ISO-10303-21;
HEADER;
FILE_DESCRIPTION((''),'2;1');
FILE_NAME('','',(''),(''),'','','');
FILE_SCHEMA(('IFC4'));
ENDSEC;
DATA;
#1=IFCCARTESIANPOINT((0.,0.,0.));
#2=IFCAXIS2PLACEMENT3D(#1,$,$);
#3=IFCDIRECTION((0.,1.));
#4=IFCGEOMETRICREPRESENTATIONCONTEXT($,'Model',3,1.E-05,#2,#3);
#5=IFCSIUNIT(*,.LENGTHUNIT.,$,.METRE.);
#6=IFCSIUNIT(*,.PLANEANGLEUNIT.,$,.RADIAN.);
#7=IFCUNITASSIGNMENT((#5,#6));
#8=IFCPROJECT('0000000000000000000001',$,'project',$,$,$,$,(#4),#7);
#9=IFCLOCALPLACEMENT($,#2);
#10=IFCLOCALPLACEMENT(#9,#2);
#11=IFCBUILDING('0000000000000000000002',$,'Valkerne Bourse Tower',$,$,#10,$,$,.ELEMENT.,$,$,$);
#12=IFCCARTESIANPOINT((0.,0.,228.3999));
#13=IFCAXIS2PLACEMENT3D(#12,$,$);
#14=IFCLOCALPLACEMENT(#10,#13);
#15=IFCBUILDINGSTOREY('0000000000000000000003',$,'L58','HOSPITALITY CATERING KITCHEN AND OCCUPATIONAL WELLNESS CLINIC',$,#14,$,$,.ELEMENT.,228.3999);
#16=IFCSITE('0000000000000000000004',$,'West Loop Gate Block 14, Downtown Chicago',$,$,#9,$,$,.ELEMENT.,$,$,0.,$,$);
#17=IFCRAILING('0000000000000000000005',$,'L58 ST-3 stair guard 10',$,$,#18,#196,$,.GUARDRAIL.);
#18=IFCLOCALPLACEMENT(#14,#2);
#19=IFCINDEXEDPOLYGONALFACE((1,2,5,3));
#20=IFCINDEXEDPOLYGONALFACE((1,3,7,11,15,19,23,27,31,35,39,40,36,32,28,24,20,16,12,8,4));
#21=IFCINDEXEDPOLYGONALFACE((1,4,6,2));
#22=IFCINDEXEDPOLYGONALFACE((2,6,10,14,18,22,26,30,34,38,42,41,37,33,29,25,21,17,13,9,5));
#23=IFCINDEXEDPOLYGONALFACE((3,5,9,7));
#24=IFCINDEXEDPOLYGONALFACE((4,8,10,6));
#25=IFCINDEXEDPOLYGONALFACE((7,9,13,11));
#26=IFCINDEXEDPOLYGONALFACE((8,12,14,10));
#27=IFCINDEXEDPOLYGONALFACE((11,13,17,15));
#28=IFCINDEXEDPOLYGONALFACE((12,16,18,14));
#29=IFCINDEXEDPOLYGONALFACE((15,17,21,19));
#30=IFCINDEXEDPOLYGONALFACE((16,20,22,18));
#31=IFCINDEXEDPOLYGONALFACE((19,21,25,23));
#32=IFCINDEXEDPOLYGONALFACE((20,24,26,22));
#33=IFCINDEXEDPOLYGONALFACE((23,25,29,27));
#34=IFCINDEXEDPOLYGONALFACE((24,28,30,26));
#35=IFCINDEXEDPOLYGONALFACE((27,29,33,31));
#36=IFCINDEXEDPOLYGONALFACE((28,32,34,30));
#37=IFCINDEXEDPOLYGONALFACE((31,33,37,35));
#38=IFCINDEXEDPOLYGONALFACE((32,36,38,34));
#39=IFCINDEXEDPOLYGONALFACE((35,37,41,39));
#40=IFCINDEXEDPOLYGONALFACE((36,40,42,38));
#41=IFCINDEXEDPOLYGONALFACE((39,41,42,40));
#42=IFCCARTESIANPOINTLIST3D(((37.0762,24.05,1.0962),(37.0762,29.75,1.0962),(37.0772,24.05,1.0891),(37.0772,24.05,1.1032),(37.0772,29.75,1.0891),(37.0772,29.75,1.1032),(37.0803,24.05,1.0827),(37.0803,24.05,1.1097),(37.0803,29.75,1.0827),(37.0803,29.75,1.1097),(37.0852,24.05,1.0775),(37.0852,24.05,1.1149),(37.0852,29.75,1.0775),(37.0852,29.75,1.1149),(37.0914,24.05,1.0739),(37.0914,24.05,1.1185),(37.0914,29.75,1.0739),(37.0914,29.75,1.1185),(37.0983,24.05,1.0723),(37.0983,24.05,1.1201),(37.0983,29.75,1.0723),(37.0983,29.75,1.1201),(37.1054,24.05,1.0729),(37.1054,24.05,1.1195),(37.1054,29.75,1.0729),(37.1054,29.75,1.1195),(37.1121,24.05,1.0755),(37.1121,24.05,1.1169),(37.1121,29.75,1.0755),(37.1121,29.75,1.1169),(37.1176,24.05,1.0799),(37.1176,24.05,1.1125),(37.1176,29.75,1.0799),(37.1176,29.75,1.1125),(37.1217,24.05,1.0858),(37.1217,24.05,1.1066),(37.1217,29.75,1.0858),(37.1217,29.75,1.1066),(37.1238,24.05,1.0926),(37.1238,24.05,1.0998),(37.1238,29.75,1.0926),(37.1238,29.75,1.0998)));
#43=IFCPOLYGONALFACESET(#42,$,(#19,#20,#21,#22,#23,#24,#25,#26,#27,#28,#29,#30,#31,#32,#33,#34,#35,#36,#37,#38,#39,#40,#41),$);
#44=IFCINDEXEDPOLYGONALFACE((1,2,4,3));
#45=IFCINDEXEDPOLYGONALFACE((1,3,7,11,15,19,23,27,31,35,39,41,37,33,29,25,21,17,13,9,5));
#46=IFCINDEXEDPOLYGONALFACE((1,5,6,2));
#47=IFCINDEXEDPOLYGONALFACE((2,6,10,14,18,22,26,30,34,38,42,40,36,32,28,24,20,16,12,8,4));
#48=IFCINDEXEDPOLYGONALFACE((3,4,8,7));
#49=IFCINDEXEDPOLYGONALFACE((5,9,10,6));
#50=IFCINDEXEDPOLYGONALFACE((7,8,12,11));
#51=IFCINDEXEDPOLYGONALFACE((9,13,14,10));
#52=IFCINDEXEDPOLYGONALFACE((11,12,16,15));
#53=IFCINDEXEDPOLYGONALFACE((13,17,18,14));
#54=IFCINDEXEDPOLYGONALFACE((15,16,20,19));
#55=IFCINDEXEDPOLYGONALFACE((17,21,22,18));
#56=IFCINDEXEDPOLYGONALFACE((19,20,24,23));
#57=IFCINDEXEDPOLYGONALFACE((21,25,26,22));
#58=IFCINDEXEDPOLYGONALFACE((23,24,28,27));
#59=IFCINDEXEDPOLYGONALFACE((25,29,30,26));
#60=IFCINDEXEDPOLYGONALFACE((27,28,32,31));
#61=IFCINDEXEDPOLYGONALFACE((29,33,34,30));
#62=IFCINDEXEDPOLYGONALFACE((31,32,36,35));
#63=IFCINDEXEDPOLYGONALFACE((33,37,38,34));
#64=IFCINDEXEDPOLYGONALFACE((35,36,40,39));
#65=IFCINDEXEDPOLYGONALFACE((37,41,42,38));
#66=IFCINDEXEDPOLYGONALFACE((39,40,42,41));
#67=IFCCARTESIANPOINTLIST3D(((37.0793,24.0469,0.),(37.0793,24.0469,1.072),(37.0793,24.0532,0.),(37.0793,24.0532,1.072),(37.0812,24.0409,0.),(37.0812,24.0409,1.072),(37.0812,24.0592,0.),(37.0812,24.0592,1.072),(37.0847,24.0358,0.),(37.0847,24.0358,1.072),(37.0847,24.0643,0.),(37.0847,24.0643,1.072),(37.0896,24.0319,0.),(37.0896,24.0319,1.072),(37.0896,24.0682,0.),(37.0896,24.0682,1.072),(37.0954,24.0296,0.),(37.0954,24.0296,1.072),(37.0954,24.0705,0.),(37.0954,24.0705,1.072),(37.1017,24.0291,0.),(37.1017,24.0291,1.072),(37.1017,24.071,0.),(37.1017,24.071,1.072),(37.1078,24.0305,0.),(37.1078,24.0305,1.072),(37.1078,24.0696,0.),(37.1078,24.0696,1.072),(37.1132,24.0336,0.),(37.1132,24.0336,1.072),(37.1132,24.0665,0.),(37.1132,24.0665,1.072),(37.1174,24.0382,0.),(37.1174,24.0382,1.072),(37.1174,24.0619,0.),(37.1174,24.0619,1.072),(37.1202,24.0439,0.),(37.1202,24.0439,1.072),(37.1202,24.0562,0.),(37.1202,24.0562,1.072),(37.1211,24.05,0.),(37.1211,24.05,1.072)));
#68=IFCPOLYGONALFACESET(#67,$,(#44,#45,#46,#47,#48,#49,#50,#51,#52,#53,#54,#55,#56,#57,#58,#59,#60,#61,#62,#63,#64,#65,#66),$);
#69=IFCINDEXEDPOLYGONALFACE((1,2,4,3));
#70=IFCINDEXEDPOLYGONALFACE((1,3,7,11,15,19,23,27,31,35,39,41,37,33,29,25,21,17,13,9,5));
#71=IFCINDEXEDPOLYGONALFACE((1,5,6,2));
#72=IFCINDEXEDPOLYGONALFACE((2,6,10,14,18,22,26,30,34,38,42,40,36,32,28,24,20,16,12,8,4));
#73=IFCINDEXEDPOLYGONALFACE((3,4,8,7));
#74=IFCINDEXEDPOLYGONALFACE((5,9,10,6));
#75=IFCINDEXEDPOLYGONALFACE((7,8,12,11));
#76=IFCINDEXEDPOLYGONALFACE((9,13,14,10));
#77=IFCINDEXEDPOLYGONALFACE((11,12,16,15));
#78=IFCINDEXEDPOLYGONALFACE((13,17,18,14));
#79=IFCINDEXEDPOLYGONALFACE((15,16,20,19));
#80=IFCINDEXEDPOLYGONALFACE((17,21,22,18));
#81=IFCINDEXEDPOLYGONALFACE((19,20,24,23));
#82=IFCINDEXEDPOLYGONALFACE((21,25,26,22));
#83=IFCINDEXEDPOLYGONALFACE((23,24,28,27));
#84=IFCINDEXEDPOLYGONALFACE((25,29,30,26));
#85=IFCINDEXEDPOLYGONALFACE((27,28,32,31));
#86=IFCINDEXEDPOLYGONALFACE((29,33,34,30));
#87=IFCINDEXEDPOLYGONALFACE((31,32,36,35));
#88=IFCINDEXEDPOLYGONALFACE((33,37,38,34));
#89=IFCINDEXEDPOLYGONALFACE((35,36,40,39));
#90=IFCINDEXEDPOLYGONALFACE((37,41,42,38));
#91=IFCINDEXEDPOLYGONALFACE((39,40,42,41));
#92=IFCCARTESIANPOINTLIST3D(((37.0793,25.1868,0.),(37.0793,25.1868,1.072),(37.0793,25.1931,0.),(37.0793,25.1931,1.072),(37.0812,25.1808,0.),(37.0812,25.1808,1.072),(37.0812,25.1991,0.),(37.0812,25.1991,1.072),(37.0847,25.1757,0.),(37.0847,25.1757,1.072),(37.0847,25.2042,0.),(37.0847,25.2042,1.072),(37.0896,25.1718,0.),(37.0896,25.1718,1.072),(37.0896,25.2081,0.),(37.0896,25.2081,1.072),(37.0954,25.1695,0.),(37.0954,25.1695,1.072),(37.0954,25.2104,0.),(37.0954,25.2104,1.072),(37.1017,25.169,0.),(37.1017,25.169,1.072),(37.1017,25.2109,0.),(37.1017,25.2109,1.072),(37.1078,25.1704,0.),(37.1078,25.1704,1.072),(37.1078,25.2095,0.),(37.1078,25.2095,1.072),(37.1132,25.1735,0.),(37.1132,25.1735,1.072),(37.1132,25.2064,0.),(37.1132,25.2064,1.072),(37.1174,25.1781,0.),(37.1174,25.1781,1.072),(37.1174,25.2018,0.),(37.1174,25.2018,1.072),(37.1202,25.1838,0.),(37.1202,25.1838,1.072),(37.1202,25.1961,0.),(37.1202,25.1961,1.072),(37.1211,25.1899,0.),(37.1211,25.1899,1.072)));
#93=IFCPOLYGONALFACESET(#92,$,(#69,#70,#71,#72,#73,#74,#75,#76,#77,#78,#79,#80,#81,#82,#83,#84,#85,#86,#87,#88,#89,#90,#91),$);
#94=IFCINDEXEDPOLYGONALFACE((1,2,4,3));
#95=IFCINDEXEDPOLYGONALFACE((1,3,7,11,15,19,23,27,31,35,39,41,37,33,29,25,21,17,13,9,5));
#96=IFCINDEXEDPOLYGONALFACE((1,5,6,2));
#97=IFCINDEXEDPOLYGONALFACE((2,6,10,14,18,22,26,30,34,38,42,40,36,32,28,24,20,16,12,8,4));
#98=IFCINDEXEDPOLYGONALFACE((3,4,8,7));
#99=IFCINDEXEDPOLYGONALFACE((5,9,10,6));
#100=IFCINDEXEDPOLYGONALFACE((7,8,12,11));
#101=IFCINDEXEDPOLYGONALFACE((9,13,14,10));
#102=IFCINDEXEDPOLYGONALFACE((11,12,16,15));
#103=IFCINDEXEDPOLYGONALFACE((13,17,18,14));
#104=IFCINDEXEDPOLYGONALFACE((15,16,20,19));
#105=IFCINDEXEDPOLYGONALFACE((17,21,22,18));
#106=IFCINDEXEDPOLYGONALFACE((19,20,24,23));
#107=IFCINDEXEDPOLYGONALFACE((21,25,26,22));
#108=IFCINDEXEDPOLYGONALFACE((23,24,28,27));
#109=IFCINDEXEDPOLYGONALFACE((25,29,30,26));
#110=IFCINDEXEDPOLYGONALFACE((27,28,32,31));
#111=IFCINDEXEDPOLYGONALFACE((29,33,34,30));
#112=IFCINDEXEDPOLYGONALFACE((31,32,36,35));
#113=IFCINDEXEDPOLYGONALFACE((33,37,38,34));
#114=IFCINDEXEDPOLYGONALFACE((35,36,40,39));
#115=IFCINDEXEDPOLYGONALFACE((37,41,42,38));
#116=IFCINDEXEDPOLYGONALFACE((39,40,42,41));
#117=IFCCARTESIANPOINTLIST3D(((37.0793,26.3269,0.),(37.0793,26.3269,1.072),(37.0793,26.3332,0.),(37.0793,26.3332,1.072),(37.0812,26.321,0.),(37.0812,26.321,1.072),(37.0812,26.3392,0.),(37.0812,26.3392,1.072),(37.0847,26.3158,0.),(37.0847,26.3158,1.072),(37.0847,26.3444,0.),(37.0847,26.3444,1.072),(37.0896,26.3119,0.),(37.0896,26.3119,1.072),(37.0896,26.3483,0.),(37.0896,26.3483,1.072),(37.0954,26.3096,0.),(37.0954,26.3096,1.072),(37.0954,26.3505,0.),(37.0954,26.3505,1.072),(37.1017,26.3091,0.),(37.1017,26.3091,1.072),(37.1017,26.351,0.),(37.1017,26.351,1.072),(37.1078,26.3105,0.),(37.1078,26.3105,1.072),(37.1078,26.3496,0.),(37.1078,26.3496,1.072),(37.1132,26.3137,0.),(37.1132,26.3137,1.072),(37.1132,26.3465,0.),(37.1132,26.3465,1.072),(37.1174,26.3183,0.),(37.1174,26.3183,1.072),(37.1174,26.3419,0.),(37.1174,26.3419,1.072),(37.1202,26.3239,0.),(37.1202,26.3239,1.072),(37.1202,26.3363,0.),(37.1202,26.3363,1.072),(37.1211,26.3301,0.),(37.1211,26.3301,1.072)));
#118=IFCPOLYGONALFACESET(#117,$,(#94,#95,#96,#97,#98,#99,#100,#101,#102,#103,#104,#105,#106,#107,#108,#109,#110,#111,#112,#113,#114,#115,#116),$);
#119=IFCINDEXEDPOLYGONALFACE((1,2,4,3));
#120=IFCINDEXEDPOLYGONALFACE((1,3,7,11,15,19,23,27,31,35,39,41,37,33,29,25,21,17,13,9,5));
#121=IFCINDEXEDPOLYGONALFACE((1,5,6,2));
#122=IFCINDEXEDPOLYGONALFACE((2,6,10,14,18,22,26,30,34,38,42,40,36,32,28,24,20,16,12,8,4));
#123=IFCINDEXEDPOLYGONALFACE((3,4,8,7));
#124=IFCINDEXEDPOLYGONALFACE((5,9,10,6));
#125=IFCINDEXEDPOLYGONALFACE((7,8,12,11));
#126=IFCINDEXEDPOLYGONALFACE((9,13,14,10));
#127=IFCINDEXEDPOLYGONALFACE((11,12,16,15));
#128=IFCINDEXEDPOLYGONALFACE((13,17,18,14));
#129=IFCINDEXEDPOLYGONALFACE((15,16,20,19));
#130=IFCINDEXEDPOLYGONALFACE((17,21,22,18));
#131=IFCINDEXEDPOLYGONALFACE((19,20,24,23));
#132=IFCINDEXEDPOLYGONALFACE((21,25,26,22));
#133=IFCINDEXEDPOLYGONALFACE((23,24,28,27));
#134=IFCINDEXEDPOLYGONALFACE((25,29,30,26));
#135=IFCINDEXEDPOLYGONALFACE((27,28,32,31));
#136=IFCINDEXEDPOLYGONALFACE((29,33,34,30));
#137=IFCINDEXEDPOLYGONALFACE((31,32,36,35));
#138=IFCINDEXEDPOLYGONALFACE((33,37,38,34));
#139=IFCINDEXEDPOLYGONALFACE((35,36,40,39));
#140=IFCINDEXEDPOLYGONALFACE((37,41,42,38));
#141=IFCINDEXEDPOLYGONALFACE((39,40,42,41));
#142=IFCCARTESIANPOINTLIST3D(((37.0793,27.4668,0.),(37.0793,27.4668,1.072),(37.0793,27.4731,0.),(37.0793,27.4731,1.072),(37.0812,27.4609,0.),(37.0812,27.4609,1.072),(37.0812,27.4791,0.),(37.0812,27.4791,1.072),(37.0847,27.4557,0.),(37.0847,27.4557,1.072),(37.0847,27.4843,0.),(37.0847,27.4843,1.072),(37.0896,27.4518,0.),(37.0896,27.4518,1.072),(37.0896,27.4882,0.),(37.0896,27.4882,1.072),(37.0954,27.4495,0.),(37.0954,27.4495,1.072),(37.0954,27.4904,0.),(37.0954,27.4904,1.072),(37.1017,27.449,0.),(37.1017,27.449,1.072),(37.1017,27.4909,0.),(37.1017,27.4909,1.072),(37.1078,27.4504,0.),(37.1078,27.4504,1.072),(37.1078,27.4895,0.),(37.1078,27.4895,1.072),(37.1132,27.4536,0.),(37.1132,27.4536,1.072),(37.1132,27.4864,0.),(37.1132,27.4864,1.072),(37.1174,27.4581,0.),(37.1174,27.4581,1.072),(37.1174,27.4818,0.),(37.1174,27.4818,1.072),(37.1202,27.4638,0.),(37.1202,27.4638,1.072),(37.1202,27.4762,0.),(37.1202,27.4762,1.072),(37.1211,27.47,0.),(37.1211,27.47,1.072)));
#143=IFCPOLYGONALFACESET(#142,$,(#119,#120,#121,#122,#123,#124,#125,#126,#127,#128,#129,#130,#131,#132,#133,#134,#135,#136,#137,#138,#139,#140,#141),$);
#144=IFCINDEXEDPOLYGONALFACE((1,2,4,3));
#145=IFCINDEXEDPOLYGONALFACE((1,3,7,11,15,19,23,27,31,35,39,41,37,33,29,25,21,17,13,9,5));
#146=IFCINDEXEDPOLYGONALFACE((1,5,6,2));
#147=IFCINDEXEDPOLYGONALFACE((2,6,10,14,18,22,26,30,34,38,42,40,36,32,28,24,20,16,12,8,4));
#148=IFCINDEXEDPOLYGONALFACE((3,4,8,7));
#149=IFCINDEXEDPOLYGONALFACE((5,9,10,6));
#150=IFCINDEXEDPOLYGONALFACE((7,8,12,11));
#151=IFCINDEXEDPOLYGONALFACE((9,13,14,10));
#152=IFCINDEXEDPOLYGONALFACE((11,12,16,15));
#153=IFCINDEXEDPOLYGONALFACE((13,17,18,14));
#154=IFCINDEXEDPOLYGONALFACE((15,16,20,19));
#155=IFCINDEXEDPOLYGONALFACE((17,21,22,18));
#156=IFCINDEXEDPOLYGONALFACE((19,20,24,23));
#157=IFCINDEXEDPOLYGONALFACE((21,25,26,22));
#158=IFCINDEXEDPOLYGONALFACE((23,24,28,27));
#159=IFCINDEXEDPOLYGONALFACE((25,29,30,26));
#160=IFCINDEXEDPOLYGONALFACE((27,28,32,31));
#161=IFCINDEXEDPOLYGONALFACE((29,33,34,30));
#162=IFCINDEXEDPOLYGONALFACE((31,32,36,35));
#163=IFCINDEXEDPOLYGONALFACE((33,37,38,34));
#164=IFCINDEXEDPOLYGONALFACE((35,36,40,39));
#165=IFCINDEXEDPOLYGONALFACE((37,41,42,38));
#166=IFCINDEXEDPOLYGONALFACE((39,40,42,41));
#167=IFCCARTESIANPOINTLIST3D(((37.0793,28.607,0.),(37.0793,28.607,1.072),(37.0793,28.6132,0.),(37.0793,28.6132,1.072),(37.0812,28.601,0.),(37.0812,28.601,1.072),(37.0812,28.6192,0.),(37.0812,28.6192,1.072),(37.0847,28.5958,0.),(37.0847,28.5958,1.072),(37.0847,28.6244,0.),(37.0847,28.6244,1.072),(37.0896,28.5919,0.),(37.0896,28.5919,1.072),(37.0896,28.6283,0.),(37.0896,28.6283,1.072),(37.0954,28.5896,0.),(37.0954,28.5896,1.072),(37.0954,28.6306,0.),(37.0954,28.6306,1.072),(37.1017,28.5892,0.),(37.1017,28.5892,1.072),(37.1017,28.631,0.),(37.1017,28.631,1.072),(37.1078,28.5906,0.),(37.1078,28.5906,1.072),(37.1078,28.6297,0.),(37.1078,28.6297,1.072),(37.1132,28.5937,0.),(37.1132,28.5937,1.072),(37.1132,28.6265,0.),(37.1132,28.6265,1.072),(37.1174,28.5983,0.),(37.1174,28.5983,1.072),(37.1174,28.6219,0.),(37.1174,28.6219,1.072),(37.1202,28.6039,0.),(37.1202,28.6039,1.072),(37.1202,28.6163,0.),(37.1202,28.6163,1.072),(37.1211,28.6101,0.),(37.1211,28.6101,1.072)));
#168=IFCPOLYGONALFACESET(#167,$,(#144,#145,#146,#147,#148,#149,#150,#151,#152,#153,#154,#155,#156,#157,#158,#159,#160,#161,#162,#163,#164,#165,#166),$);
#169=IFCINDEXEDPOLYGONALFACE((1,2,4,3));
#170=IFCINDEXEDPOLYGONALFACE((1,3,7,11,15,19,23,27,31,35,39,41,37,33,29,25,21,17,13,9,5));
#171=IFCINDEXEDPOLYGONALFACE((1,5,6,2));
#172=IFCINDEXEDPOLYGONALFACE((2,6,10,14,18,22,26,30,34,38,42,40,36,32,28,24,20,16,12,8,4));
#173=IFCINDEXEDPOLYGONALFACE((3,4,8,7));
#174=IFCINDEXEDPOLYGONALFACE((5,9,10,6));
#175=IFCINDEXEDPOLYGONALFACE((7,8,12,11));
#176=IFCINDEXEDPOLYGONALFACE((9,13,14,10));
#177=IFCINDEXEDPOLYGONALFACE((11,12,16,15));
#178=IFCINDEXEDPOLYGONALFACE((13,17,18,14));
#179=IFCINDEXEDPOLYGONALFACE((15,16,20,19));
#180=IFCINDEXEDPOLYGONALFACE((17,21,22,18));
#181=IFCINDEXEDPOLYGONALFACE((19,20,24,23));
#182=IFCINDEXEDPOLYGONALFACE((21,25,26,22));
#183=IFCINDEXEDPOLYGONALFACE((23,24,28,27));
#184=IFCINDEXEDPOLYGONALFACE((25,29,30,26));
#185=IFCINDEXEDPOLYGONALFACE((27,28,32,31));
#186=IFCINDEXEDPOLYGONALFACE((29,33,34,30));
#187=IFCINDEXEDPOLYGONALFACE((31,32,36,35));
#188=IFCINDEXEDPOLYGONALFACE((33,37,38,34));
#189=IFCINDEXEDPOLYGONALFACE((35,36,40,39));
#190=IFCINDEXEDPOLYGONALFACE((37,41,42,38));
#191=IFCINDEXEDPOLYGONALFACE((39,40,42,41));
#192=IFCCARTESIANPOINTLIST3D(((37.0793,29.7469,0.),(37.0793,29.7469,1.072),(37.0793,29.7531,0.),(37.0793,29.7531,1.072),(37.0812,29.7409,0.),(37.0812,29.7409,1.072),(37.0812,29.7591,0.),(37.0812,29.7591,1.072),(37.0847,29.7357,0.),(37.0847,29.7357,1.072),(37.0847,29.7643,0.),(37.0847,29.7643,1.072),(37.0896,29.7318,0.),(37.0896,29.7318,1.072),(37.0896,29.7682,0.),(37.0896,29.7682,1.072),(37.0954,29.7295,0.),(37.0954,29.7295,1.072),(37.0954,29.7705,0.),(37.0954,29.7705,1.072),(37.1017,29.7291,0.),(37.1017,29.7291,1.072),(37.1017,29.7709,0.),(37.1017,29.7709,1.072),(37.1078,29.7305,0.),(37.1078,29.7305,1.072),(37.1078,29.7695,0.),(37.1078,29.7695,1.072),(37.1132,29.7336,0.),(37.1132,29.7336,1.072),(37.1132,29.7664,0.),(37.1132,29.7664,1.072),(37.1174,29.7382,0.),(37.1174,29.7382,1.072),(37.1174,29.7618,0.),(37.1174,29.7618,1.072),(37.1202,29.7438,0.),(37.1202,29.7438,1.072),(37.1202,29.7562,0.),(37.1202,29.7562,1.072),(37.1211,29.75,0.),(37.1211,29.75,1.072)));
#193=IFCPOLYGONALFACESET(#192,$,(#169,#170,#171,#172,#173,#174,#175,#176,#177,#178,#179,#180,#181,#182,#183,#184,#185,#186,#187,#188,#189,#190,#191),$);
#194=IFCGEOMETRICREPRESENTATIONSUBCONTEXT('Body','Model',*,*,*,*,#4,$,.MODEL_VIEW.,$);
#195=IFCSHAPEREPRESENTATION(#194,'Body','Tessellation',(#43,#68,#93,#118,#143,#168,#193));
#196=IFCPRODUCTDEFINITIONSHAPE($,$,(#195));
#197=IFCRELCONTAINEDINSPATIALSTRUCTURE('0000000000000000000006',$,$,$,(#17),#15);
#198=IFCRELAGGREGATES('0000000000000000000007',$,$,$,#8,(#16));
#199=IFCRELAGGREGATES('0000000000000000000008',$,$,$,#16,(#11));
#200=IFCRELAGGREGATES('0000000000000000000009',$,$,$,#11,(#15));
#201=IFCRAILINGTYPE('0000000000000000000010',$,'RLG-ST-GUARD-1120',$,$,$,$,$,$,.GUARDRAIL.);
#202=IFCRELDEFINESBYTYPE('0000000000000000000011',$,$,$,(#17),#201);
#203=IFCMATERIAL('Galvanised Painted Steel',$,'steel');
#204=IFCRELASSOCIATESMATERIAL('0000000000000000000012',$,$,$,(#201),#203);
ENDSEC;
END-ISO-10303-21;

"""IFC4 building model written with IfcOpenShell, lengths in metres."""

from ifc_helpers import new_model, si_unit, direction, frame, origin, origin_2d, place, context, subcontext, project, spatial, circle, extrude, material, type_object, element, save


model = new_model("IFC4")

# Units and contexts
model_context = context("Model", 3, precision=1e-05, world=origin(), true_north=direction((0.0, 1.0)))
body_context = subcontext(model_context, "Body", "Model", "MODEL_VIEW")
ifc_project = project(units=[si_unit("LENGTHUNIT", "METRE"), si_unit("PLANEANGLEUNIT", "RADIAN")], contexts=[model_context])

# Site, building, storey
site_placement = place(None, origin())
site = spatial("IfcSite", under=ifc_project, at=site_placement, Name="West Loop Gate Block 14, Downtown Chicago", CompositionType="ELEMENT", RefElevation=0.0)
building_placement = place(site_placement, origin())
building = spatial("IfcBuilding", under=site, at=building_placement, Name="Valkerne Bourse Tower", CompositionType="ELEMENT")
storey_placement = place(building_placement, frame((0.0, 0.0, 228.3999)))
storey = spatial("IfcBuildingStorey", under=building, at=storey_placement, Name="L58", Description="HOSPITALITY CATERING KITCHEN AND OCCUPATIONAL WELLNESS CLINIC", CompositionType="ELEMENT", Elevation=228.3999)

# Railing
ifc_material_1 = material(Name="Galvanised Painted Steel", Category="steel")
railing_type_1 = type_object("IfcRailingType", Name="RLG-ST-GUARD-1120", PredefinedType="GUARDRAIL", material=ifc_material_1)
railing_1_placement = place(storey_placement, frame((37.1001, 24.05, 0.0)))
element("IfcRailing", 1, at=railing_1_placement, inside=storey, type_object=railing_type_1, Name="L58 ST-3 stair guard 10", PredefinedType="GUARDRAIL", context=body_context, shape_type="SweptSolid", body=[
    extrude(circle(Radius=0.0239, at=origin_2d()), frame((0.0, 0.0, 1.0962), z_axis=(0.0, 1.0, 0.0), x_axis=(-1.0, 0.0, 0.0)), (0.0, 0.0, 1.0), 5.7),
    extrude(circle(Radius=0.021, at=origin_2d()), origin(), (0.0, 0.0, 1.0), 1.072),
    extrude(circle(Radius=0.021, at=origin_2d()), frame((0.0, 1.1399, 0.0)), (0.0, 0.0, 1.0), 1.072),
    extrude(circle(Radius=0.021, at=origin_2d()), frame((0.0, 2.28, 0.0)), (0.0, 0.0, 1.0), 1.072),
    extrude(circle(Radius=0.021, at=origin_2d()), frame((0.0, 3.4199, 0.0)), (0.0, 0.0, 1.0), 1.072),
    extrude(circle(Radius=0.021, at=origin_2d()), frame((0.0, 4.5601, 0.0)), (0.0, 0.0, 1.0), 1.072),
    extrude(circle(Radius=0.021, at=origin_2d()), frame((0.0, 5.7, 0.0)), (0.0, 0.0, 1.0), 1.072),
])

save(model, "model.ifc")
